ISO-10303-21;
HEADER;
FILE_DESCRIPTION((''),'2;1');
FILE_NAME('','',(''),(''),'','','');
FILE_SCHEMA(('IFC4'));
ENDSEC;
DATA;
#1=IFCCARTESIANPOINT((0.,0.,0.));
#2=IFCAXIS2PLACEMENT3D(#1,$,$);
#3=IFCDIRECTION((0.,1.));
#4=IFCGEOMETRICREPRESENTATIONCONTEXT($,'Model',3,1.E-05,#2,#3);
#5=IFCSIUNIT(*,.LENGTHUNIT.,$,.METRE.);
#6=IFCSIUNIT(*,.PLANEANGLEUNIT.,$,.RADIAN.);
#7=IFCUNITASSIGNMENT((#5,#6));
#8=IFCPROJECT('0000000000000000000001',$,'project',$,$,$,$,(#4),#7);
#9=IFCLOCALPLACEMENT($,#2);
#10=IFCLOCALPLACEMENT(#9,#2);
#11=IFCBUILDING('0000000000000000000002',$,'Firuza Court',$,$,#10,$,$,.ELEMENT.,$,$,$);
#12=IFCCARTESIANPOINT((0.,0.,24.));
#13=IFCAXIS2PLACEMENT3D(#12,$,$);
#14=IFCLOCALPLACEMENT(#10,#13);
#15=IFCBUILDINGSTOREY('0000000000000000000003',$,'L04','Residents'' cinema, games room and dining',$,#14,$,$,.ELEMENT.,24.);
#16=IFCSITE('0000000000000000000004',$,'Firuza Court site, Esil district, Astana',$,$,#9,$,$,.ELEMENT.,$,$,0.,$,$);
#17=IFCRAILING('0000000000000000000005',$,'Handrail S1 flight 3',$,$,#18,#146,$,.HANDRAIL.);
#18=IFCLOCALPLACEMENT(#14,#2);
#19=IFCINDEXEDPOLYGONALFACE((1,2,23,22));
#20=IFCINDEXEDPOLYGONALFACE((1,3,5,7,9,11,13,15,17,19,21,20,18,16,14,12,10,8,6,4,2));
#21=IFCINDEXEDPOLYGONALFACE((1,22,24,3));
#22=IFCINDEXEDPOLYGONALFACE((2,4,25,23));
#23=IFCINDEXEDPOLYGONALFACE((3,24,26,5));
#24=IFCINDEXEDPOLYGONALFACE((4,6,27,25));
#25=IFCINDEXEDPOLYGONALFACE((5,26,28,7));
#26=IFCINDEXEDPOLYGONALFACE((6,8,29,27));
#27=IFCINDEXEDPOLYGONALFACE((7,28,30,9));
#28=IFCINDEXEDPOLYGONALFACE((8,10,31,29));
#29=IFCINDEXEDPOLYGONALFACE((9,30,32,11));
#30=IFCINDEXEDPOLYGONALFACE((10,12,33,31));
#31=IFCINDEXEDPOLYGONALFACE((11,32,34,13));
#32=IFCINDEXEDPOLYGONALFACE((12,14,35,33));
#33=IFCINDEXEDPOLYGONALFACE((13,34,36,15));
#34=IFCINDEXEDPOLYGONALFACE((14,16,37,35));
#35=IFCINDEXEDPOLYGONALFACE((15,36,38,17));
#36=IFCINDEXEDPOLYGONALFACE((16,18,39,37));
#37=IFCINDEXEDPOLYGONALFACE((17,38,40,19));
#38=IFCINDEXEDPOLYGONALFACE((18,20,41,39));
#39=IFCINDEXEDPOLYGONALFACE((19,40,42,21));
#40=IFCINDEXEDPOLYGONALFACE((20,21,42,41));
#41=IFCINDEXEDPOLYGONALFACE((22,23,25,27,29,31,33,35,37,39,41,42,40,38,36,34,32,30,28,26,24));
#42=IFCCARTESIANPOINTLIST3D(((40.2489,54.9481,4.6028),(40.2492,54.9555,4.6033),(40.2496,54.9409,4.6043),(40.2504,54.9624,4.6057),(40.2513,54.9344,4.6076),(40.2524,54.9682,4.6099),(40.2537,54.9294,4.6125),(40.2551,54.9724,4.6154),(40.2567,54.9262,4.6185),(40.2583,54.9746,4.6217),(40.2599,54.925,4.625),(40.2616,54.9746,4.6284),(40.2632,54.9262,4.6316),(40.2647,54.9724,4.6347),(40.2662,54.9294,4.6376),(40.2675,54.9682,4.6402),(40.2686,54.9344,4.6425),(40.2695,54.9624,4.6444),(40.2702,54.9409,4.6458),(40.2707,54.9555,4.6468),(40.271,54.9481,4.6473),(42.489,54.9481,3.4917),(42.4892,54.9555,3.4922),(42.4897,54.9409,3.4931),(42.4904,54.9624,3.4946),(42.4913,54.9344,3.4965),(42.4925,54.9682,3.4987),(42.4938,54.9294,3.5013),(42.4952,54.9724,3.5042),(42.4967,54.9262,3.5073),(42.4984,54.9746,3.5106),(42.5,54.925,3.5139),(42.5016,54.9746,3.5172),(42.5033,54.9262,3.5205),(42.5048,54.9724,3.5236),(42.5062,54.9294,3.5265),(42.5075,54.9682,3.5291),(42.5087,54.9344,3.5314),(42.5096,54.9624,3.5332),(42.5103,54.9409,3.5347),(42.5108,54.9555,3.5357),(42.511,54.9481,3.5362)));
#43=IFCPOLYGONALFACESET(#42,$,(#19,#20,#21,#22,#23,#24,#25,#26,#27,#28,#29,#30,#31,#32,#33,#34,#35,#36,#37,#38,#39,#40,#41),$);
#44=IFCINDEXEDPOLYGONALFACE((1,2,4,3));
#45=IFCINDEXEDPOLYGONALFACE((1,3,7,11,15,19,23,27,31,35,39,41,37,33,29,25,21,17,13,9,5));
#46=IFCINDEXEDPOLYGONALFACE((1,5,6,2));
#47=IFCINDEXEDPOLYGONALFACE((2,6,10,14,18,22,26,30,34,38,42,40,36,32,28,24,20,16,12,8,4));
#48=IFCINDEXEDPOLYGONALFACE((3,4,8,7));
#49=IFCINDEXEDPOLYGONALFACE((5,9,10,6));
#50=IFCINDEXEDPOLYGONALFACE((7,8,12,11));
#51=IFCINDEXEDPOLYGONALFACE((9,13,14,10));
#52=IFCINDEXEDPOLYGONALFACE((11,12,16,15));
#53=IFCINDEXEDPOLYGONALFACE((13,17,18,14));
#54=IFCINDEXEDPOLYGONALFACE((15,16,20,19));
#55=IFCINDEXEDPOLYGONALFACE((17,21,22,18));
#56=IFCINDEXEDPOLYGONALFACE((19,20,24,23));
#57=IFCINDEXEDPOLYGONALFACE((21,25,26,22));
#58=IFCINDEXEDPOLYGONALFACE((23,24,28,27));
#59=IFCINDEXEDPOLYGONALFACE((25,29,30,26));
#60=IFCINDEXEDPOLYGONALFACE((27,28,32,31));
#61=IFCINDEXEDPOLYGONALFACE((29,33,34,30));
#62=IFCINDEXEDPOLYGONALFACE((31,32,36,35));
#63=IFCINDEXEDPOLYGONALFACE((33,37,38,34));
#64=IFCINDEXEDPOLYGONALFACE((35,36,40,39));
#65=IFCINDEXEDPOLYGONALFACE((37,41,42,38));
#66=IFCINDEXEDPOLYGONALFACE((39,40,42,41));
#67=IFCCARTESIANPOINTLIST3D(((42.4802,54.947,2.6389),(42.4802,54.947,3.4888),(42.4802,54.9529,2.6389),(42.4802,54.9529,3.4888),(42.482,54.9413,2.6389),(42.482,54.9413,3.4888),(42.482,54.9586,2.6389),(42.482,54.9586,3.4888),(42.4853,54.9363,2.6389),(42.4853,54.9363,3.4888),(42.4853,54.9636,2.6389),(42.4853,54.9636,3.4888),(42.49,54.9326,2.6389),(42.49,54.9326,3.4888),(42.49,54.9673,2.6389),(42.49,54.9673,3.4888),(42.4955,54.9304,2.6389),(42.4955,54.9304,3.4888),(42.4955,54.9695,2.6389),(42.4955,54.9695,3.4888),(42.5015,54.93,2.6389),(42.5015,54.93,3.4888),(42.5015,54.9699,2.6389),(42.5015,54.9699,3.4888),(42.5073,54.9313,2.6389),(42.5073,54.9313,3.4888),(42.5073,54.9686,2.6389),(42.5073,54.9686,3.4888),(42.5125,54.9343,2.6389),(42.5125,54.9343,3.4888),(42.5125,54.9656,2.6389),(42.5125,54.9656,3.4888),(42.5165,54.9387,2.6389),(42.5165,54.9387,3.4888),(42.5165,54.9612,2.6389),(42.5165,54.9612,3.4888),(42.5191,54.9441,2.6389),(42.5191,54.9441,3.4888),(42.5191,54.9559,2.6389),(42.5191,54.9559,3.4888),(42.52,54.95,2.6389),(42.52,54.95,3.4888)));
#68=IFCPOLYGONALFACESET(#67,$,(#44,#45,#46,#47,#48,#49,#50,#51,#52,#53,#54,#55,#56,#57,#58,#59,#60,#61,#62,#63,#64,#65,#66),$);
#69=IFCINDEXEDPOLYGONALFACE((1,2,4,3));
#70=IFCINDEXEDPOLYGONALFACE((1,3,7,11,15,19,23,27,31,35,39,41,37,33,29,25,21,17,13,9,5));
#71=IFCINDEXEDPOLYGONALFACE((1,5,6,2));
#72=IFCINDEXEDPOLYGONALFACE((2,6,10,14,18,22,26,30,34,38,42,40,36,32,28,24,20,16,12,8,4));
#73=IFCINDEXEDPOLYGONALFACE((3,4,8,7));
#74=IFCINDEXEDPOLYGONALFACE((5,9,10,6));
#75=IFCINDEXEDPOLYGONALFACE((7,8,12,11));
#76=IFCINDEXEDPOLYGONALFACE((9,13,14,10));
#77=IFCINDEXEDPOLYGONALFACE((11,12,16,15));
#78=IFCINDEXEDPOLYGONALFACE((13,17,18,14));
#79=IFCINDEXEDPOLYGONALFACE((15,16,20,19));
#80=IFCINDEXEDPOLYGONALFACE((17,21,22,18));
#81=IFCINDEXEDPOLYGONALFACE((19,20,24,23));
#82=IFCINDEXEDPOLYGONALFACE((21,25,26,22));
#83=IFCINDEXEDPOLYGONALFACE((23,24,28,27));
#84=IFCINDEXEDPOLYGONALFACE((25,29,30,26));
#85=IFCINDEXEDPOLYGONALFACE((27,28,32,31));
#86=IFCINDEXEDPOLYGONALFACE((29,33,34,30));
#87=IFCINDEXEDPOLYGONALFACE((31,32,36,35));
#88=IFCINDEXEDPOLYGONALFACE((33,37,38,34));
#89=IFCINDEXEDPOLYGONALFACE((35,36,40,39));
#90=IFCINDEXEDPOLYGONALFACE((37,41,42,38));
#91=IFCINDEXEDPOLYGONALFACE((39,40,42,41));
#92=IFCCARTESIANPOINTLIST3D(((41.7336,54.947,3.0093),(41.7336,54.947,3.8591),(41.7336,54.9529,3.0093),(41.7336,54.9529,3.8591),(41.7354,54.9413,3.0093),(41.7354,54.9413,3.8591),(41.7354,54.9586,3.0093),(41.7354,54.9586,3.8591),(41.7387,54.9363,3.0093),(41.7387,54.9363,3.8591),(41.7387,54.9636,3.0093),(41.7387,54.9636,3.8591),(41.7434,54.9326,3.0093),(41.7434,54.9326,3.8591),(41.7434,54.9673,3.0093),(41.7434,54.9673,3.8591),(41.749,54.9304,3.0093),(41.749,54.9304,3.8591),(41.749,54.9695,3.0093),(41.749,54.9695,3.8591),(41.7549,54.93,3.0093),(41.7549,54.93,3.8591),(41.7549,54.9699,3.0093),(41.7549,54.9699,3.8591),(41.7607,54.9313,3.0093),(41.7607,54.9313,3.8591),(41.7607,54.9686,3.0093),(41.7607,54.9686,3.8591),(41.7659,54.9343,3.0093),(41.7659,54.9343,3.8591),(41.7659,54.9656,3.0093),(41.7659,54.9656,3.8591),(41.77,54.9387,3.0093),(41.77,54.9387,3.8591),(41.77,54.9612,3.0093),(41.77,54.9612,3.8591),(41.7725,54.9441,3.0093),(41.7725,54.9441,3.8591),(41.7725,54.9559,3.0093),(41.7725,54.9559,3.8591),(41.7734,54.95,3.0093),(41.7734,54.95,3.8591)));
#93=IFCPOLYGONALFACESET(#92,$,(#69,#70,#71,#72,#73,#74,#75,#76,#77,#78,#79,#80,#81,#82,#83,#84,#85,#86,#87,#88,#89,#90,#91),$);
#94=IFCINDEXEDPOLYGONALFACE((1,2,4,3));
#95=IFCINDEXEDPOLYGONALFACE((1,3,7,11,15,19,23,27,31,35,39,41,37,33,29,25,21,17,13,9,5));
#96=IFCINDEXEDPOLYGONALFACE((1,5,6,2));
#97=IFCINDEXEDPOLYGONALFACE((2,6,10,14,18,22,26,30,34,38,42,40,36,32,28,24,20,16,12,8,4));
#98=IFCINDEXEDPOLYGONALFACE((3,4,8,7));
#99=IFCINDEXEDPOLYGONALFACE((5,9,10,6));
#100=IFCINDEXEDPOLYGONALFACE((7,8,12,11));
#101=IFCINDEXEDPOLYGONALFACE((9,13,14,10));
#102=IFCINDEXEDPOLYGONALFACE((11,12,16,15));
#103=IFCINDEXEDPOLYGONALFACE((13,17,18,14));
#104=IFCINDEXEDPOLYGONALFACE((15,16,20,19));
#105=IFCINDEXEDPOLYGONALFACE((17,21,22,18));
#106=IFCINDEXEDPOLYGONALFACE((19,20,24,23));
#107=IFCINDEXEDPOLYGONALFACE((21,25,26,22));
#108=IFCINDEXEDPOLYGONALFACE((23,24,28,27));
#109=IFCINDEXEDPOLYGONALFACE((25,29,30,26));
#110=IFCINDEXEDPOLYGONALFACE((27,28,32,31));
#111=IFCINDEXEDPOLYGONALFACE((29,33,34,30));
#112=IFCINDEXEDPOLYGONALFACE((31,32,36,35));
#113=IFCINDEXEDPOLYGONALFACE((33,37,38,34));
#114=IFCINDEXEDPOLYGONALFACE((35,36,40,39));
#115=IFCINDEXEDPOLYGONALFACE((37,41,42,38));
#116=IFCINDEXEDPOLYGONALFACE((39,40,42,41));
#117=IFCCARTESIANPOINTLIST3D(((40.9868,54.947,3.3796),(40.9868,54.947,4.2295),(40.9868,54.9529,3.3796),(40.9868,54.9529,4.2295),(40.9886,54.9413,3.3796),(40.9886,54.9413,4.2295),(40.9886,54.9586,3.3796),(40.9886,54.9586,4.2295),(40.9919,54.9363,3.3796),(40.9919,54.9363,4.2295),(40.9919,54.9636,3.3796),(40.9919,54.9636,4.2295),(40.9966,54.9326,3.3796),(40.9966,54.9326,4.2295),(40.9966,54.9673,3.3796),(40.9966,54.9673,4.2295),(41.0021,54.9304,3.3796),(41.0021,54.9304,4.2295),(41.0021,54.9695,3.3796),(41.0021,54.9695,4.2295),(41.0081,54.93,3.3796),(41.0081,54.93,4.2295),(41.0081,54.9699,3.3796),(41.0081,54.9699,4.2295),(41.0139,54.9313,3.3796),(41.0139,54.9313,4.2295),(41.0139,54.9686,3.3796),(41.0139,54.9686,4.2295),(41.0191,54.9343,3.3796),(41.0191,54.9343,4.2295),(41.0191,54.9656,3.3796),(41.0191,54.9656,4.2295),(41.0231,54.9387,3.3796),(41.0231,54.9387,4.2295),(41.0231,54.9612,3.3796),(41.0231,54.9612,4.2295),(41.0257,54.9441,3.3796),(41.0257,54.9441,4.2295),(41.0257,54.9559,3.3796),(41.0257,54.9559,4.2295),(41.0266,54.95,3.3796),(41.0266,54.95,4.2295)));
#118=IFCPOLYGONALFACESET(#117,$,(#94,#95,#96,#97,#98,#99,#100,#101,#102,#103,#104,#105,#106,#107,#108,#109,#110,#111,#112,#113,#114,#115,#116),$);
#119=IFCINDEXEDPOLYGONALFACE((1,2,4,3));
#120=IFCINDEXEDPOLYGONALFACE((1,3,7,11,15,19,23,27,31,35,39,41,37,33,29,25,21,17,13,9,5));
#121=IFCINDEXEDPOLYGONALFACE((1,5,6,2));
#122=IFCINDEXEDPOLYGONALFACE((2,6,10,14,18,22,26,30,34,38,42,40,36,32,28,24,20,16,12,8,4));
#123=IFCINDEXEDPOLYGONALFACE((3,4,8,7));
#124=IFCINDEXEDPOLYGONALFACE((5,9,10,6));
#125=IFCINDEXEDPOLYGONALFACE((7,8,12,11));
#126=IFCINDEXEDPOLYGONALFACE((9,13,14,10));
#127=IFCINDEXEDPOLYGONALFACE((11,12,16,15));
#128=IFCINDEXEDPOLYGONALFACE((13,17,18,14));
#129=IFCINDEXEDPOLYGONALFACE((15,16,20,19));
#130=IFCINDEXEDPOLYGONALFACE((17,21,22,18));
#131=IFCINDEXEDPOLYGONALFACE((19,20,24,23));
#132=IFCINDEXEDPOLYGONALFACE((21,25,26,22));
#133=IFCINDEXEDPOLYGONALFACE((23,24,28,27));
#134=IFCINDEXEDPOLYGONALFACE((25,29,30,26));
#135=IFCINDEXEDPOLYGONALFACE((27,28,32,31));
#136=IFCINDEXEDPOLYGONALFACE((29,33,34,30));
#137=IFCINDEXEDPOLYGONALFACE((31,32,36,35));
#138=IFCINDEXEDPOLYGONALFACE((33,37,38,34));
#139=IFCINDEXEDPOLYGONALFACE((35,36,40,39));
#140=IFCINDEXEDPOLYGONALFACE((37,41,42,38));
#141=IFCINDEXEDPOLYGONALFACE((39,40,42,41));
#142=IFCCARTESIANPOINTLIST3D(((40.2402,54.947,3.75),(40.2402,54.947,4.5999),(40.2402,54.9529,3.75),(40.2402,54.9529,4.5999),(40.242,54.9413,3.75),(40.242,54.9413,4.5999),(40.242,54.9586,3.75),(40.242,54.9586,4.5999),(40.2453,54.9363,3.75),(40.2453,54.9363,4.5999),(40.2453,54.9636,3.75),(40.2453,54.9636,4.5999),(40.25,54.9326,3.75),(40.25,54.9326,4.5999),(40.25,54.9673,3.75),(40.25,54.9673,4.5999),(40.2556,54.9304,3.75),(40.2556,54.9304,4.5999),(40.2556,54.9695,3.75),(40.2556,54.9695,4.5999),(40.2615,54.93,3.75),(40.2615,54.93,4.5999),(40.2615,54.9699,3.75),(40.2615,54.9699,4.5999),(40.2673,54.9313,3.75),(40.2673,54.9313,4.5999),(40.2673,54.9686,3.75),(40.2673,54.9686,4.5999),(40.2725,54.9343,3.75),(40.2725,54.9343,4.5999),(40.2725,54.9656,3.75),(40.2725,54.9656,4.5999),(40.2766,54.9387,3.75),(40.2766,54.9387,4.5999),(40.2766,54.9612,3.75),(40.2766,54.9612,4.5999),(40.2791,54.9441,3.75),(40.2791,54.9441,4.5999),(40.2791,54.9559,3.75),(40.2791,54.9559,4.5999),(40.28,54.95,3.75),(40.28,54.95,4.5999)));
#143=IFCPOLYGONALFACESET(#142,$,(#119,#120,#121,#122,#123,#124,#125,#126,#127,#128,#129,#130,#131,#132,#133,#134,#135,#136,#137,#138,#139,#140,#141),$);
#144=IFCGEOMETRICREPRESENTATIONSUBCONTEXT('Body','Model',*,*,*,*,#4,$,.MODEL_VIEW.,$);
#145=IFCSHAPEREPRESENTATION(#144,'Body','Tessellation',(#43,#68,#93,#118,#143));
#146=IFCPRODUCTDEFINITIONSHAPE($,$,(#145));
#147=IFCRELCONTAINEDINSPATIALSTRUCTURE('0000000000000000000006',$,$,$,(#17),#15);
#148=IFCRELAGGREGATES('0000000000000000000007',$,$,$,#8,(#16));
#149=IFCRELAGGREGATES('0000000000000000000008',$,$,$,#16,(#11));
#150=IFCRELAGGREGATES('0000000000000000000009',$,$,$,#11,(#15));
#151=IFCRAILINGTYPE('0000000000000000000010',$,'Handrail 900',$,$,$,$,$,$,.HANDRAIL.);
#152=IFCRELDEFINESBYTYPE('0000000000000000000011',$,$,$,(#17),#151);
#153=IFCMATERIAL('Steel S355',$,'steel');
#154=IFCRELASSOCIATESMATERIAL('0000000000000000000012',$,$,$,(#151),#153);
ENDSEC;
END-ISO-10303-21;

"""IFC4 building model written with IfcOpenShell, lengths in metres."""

from ifc_helpers import new_model, si_unit, direction, frame, origin, origin_2d, place, context, subcontext, project, spatial, circle, extrude, material, type_object, element, save


model = new_model("IFC4")

# Units and contexts
model_context = context("Model", 3, precision=1e-05, world=origin(), true_north=direction((0.0, 1.0)))
body_context = subcontext(model_context, "Body", "Model", "MODEL_VIEW")
ifc_project = project(units=[si_unit("LENGTHUNIT", "METRE"), si_unit("PLANEANGLEUNIT", "RADIAN")], contexts=[model_context])

# Site, building, storey
site_placement = place(None, origin())
site = spatial("IfcSite", under=ifc_project, at=site_placement, Name="Firuza Court site, Esil district, Astana", CompositionType="ELEMENT", RefElevation=0.0)
building_placement = place(site_placement, origin())
building = spatial("IfcBuilding", under=site, at=building_placement, Name="Firuza Court", CompositionType="ELEMENT")
storey_placement = place(building_placement, frame((0.0, 0.0, 24.0)))
storey = spatial("IfcBuildingStorey", under=building, at=storey_placement, Name="L04", Description="Residents' cinema, games room and dining", CompositionType="ELEMENT", Elevation=24.0)

# Railing
ifc_material_1 = material(Name="Steel S355", Category="steel")
railing_type_1 = type_object("IfcRailingType", Name="Handrail 900", PredefinedType="HANDRAIL", material=ifc_material_1)
for number, where, name in (
    (1, (42.5, 54.95, 2.6389), "Handrail S1 flight 3"),
):
    element("IfcRailing", number, at=place(storey_placement, frame(where)), inside=storey, type_object=railing_type_1, Name=name, PredefinedType="HANDRAIL", context=body_context, shape_type="SweptSolid", body=[
        extrude(circle(Radius=0.0249, at=origin_2d()), frame((0.0, 0.0, 0.875), z_axis=(-0.895848, 0.0, 0.44436), x_axis=(0.0, -1.0, 0.0)), (0.0, 0.0, 1.0), 2.5005),
        extrude(circle(Radius=0.02, at=origin_2d()), origin(), (0.0, 0.0, 1.0), 0.8499),
        extrude(circle(Radius=0.02, at=origin_2d()), frame((-0.7466, 0.0, 0.3704)), (0.0, 0.0, 1.0), 0.8499),
        extrude(circle(Radius=0.02, at=origin_2d()), frame((-1.4934, 0.0, 0.7407)), (0.0, 0.0, 1.0), 0.8499),
        extrude(circle(Radius=0.02, at=origin_2d()), frame((-2.24, 0.0, 1.1111)), (0.0, 0.0, 1.0), 0.8499),
    ])

save(model, "model.ifc")
